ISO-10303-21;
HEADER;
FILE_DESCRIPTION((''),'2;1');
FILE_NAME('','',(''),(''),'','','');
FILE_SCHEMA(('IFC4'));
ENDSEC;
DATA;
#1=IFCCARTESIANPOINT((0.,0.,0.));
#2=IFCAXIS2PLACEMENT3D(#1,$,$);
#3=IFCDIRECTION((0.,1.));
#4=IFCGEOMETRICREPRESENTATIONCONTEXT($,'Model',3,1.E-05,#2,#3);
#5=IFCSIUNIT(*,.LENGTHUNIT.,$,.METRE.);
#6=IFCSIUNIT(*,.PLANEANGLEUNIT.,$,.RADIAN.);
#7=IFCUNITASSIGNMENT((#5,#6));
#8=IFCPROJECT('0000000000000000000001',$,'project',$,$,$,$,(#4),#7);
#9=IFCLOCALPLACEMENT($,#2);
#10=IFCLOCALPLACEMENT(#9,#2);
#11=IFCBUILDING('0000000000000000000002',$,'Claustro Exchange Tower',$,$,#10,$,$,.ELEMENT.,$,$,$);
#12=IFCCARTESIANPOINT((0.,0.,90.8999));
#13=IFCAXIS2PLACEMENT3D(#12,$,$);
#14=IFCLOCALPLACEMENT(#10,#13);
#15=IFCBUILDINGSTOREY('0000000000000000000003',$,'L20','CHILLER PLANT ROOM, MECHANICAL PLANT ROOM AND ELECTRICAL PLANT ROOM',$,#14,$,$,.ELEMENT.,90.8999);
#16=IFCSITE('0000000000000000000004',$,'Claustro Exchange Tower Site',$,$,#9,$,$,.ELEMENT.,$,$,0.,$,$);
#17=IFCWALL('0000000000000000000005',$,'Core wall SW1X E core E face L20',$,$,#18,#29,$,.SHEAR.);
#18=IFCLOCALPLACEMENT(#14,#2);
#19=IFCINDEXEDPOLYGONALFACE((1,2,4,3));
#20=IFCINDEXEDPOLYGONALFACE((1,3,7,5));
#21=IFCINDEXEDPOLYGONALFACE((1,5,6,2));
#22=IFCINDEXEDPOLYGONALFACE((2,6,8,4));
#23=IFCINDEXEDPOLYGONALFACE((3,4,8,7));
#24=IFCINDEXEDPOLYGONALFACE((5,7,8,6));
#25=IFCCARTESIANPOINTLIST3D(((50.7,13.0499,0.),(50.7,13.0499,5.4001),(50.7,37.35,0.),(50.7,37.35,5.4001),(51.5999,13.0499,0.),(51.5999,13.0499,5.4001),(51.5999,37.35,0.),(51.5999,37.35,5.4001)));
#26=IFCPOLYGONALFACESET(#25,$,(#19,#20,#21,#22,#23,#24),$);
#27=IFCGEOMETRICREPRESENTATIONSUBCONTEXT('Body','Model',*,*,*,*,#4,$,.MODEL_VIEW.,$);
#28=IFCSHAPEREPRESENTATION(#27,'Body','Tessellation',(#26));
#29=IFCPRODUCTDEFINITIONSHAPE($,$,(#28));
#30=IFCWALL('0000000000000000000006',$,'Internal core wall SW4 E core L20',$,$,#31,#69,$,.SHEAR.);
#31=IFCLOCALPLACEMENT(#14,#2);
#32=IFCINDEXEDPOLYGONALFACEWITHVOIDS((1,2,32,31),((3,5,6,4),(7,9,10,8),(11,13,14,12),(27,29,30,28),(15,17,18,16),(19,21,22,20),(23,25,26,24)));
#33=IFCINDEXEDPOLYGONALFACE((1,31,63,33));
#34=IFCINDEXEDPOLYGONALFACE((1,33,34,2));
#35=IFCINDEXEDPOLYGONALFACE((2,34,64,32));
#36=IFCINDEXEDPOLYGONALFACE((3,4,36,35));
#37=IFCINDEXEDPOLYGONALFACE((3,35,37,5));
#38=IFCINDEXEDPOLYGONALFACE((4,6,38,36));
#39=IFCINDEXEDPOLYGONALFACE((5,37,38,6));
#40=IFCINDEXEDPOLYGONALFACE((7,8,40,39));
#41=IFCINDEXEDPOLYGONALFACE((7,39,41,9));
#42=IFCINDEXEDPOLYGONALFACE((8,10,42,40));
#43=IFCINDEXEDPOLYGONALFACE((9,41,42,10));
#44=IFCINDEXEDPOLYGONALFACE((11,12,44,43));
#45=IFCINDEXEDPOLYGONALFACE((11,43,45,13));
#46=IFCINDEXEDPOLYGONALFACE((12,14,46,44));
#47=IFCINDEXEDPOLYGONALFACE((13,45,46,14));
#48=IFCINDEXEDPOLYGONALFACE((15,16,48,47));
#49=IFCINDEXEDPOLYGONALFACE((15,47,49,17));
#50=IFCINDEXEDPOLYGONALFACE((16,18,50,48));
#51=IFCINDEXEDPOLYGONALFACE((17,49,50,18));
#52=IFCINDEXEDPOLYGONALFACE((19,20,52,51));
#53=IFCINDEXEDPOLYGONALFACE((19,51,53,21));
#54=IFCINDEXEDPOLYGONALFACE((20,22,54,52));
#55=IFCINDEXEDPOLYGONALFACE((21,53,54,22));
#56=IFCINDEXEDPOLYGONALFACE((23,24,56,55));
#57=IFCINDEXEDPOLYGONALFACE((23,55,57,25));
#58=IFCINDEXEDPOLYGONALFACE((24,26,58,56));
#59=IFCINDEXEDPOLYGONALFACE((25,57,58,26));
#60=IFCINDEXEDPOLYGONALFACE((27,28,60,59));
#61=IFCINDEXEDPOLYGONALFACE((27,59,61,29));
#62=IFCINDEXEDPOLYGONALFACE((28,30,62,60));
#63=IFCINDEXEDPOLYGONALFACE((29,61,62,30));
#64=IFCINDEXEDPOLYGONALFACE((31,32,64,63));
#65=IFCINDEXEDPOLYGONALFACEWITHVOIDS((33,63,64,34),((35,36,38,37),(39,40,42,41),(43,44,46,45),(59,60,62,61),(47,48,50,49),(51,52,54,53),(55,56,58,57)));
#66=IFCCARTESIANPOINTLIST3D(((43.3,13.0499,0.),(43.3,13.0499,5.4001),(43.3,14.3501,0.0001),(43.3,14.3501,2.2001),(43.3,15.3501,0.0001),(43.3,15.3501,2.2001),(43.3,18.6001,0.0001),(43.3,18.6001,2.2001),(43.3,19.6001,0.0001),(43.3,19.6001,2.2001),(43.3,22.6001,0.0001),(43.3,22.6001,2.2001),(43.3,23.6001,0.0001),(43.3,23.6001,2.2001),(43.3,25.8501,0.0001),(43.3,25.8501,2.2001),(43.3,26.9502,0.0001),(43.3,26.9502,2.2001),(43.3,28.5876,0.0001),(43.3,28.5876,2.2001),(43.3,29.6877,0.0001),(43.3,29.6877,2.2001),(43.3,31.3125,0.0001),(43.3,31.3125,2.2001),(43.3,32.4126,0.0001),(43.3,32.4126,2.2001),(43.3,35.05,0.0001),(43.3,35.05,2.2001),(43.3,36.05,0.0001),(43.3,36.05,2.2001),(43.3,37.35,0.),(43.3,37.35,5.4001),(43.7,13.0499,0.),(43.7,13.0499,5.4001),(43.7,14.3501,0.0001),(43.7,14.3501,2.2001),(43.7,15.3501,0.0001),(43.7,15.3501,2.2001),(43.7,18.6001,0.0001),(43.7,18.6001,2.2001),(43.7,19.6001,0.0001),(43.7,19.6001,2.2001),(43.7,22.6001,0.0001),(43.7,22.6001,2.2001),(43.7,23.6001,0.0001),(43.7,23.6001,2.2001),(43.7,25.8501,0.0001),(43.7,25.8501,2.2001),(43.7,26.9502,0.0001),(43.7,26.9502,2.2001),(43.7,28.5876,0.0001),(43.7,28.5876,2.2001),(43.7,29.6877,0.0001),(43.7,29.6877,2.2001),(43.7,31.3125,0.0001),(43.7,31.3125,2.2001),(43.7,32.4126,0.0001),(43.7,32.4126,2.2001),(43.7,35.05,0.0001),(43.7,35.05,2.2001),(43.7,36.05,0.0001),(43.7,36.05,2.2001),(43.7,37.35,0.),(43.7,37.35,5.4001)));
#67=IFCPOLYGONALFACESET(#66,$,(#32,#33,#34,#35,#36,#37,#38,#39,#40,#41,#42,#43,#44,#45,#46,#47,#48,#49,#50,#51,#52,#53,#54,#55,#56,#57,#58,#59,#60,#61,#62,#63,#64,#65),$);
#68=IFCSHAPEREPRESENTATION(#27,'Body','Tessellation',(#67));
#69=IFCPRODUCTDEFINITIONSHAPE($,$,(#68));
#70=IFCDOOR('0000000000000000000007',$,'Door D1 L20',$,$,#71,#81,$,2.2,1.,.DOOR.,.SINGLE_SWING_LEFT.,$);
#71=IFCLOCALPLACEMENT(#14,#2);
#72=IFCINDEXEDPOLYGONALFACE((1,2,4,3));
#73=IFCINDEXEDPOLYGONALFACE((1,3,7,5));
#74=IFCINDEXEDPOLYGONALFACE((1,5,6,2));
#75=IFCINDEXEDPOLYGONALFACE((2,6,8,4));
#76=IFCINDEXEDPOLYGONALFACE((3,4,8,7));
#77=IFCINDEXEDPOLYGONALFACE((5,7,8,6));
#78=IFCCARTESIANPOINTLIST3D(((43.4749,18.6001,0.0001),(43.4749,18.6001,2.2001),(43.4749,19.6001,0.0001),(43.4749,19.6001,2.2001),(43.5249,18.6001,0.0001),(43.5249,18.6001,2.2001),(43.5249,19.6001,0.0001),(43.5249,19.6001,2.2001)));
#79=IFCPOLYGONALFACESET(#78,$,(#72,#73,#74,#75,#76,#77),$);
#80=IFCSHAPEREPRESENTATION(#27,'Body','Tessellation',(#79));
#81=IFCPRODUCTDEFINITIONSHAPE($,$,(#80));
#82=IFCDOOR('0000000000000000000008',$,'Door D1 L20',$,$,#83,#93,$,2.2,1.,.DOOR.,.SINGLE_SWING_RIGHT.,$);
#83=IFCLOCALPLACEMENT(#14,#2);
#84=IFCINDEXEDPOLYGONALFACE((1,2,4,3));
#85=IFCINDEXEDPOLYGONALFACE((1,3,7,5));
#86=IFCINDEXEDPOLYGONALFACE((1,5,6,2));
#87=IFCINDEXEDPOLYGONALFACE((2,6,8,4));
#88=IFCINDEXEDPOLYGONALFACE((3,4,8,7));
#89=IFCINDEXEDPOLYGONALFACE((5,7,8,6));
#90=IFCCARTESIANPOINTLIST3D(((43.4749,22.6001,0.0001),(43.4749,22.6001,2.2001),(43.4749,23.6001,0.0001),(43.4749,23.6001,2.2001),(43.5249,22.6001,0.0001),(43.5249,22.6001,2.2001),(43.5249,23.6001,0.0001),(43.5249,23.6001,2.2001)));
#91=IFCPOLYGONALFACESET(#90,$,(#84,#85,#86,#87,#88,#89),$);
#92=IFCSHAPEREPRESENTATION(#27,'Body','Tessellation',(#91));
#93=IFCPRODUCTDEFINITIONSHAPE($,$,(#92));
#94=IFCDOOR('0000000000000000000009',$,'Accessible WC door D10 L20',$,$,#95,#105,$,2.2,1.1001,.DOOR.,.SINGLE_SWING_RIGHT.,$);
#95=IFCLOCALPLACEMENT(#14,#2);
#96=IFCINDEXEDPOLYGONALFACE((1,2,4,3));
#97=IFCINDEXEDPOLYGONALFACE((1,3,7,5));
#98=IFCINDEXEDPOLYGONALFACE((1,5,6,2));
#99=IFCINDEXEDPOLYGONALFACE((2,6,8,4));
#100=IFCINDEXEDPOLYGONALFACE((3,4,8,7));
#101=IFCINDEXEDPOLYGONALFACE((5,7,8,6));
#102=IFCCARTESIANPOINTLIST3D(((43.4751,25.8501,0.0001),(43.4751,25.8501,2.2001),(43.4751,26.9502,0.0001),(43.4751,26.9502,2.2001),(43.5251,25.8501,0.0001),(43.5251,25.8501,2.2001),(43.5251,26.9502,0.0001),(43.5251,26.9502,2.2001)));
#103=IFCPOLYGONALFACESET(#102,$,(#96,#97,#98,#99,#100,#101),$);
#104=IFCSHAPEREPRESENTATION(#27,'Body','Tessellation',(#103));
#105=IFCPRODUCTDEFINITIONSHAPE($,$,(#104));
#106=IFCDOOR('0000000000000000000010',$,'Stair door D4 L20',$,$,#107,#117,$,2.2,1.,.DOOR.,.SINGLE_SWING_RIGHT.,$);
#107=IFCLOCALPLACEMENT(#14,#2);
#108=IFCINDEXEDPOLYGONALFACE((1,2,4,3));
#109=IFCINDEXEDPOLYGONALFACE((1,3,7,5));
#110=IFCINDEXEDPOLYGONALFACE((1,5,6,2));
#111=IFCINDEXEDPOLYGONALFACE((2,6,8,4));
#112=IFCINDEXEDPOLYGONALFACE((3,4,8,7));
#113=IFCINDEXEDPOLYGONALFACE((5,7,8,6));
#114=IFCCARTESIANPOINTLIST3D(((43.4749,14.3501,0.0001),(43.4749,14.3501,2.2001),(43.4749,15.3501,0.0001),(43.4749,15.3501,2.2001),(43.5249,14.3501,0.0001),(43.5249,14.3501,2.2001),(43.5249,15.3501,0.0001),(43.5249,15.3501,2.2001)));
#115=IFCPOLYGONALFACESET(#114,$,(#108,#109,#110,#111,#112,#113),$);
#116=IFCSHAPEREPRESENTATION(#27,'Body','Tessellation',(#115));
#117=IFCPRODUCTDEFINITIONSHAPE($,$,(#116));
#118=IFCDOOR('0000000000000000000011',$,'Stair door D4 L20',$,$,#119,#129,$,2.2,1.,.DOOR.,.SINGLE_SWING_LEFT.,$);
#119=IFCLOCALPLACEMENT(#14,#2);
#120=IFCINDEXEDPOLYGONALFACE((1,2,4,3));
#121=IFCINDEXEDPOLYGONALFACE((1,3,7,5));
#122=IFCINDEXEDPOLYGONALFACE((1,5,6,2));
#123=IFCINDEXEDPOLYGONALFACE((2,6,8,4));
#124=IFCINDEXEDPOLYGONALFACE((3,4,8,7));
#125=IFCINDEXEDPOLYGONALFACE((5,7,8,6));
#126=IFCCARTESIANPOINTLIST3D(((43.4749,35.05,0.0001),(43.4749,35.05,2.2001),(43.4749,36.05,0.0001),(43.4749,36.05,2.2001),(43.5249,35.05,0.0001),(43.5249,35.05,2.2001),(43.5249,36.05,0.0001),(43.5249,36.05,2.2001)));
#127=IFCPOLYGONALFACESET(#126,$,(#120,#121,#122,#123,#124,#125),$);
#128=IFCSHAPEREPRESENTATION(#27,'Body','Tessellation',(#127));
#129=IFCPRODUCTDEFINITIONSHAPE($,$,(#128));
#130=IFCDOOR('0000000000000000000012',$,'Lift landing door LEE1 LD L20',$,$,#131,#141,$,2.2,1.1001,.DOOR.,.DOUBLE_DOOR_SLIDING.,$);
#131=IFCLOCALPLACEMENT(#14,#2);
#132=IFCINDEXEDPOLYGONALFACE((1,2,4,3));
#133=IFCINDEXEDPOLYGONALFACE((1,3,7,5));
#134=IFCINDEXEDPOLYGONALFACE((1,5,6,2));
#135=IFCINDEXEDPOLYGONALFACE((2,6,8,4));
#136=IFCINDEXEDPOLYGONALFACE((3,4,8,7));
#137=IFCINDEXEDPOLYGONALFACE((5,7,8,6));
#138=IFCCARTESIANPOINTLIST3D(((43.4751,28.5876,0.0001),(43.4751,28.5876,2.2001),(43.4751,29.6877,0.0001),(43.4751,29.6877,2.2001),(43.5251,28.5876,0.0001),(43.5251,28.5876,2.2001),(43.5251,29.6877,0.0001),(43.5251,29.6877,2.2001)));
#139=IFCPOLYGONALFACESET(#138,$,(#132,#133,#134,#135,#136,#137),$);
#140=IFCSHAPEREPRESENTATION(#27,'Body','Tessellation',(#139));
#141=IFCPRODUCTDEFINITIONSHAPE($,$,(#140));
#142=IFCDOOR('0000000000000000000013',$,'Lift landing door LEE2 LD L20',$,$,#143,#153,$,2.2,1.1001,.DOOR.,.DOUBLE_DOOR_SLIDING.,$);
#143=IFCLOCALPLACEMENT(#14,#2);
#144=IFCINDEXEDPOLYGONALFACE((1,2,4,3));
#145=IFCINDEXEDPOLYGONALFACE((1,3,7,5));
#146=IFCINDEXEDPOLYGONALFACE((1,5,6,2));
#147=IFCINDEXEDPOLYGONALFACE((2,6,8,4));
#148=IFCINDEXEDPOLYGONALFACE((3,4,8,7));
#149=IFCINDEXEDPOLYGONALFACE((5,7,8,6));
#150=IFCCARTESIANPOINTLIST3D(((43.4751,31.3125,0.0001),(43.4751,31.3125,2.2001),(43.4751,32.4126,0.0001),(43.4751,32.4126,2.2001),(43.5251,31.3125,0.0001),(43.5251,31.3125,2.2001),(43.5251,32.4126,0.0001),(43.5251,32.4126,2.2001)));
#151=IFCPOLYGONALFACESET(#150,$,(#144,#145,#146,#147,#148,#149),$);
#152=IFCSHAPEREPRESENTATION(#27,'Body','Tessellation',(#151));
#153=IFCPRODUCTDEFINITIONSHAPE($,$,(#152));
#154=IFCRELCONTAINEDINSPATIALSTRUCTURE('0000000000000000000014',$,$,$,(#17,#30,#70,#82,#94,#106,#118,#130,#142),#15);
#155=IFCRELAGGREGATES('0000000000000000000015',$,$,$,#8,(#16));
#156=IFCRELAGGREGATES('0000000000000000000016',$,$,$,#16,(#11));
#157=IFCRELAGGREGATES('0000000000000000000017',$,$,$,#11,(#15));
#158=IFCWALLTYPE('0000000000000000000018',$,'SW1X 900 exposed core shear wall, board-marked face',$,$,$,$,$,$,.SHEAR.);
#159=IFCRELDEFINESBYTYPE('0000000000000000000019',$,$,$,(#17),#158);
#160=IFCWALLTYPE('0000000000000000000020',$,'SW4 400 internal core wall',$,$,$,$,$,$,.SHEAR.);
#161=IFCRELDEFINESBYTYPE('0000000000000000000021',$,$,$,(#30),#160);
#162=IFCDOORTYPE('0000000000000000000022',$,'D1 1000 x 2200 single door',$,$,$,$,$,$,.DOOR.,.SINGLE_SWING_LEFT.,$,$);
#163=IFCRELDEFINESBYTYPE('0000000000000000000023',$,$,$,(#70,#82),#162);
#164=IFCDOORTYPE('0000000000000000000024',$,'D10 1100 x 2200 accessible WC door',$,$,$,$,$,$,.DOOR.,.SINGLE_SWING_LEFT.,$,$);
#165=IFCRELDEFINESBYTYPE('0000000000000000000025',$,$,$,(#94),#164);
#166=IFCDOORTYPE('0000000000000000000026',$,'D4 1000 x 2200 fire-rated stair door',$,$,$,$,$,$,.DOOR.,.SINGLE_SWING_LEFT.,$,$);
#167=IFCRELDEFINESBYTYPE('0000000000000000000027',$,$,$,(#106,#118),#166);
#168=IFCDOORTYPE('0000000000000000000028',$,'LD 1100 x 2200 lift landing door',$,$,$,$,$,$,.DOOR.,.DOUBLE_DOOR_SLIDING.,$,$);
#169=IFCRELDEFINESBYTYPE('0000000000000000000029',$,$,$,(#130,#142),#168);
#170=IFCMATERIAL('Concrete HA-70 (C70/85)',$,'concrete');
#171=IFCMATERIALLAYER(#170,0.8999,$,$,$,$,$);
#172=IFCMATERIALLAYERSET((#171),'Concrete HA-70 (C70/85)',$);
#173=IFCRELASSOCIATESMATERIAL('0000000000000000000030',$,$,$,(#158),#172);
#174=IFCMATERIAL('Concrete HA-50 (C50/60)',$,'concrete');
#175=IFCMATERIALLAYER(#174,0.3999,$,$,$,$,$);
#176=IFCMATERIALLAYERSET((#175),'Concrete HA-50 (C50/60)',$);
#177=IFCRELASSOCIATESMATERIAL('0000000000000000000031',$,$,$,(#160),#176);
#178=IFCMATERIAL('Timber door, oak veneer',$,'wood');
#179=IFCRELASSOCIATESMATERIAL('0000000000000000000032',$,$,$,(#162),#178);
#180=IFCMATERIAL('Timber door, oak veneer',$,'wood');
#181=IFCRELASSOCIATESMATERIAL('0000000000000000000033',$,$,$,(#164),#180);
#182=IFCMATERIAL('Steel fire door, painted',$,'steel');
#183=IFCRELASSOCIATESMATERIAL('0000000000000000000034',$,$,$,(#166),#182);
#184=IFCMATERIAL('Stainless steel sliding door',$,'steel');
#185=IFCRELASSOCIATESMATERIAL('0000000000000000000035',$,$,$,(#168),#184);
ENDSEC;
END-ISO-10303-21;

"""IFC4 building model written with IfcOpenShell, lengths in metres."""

from ifc_helpers import new_model, si_unit, direction, frame, frame_2d, origin, place, context, subcontext, project, spatial, rectangle, extrude, material, layer, layer_set, type_object, element, fill, save


model = new_model("IFC4")

# Units and contexts
model_context = context("Model", 3, precision=1e-05, world=origin(), true_north=direction((0.0, 1.0)))
body_context = subcontext(model_context, "Body", "Model", "MODEL_VIEW")
ifc_project = project(units=[si_unit("LENGTHUNIT", "METRE"), si_unit("PLANEANGLEUNIT", "RADIAN")], contexts=[model_context])

# Site, building, storey
site_placement = place(None, origin())
site = spatial("IfcSite", under=ifc_project, at=site_placement, Name="Claustro Exchange Tower Site", CompositionType="ELEMENT", RefElevation=0.0)
building_placement = place(site_placement, origin())
building = spatial("IfcBuilding", under=site, at=building_placement, Name="Claustro Exchange Tower", CompositionType="ELEMENT")
storey_placement = place(building_placement, frame((0.0, 0.0, 90.8999)))
storey = spatial("IfcBuildingStorey", under=building, at=storey_placement, Name="L20", Description="CHILLER PLANT ROOM, MECHANICAL PLANT ROOM AND ELECTRICAL PLANT ROOM", CompositionType="ELEMENT", Elevation=90.8999)

# Wall
ifc_material_1 = material(Name="Concrete HA-70 (C70/85)", Category="concrete")
ifc_layer_1 = layer(ifc_material_1, 0.8999)
ifc_layer_set_1 = layer_set([ifc_layer_1], Name="Concrete HA-70 (C70/85)")
wall_type_1 = type_object("IfcWallType", Name="SW1X 900 exposed core shear wall, board-marked face", PredefinedType="SHEAR", material=ifc_layer_set_1)
wall_1_placement = place(storey_placement, frame((51.1499, 13.05, 0.0), z_axis=(0.0, 0.0, 1.0), x_axis=(0.0, 1.0, 0.0)))
element("IfcWall", 1, at=wall_1_placement, inside=storey, type_object=wall_type_1, Name="Core wall SW1X E core E face L20", PredefinedType="SHEAR", context=body_context, shape_type="SweptSolid", body=[
    extrude(rectangle(XDim=24.3, YDim=0.8999, at=frame_2d((12.1499, 0.0))), origin(), (0.0, 0.0, 1.0), 5.4001),
])

# Wall, openings, doors
ifc_material_2 = material(Name="Concrete HA-50 (C50/60)", Category="concrete")
ifc_layer_2 = layer(ifc_material_2, 0.3999)
ifc_layer_set_2 = layer_set([ifc_layer_2], Name="Concrete HA-50 (C50/60)")
wall_type_2 = type_object("IfcWallType", Name="SW4 400 internal core wall", PredefinedType="SHEAR", material=ifc_layer_set_2)
wall_2_placement = place(storey_placement, frame((43.5, 13.05, 0.0), z_axis=(0.0, 0.0, 1.0), x_axis=(0.0, 1.0, 0.0)))
wall_2 = element("IfcWall", 2, at=wall_2_placement, inside=storey, type_object=wall_type_2, Name="Internal core wall SW4 E core L20", PredefinedType="SHEAR", context=body_context, shape_type="SweptSolid", body=[
    extrude(rectangle(XDim=24.3, YDim=0.3999, at=frame_2d((12.1499, 0.0))), origin(), (0.0, 0.0, 1.0), 5.4001),
])
opening_1_placement = place(wall_2_placement, frame((1.3, 0.0, 0.0)))
opening_1 = element("IfcOpeningElement", 3, at=opening_1_placement, cuts=wall_2, PredefinedType="OPENING", context=body_context, shape_type="SweptSolid", body=[
    extrude(rectangle(XDim=1.0, YDim=2.2, at=frame_2d((0.5, 1.1001))), frame((0.0, 0.21, 0.0), z_axis=(0.0, -1.0, 0.0), x_axis=(1.0, 0.0, 0.0)), (0.0, 0.0, 1.0), 0.4199),
])
opening_2_placement = place(wall_2_placement, frame((22.0, 0.0, 0.0)))
opening_2 = element("IfcOpeningElement", 4, at=opening_2_placement, cuts=wall_2, PredefinedType="OPENING", context=body_context, shape_type="SweptSolid", body=[
    extrude(rectangle(XDim=1.0, YDim=2.2, at=frame_2d((0.5, 1.1001))), frame((0.0, 0.21, 0.0), z_axis=(0.0, -1.0, 0.0), x_axis=(1.0, 0.0, 0.0)), (0.0, 0.0, 1.0), 0.4199),
])
opening_3_placement = place(wall_2_placement, frame((5.55, 0.0, 0.0)))
opening_3 = element("IfcOpeningElement", 5, at=opening_3_placement, cuts=wall_2, PredefinedType="OPENING", context=body_context, shape_type="SweptSolid", body=[
    extrude(rectangle(XDim=1.0, YDim=2.2, at=frame_2d((0.5, 1.1001))), frame((0.0, 0.21, 0.0), z_axis=(0.0, -1.0, 0.0), x_axis=(1.0, 0.0, 0.0)), (0.0, 0.0, 1.0), 0.4199),
])
opening_4_placement = place(wall_2_placement, frame((9.55, 0.0, 0.0)))
opening_4 = element("IfcOpeningElement", 6, at=opening_4_placement, cuts=wall_2, PredefinedType="OPENING", context=body_context, shape_type="SweptSolid", body=[
    extrude(rectangle(XDim=1.0, YDim=2.2, at=frame_2d((0.5, 1.1001))), frame((0.0, 0.21, 0.0), z_axis=(0.0, -1.0, 0.0), x_axis=(1.0, 0.0, 0.0)), (0.0, 0.0, 1.0), 0.4199),
])
opening_5_placement = place(wall_2_placement, frame((12.8, 0.0, 0.0)))
opening_5 = element("IfcOpeningElement", 7, at=opening_5_placement, cuts=wall_2, PredefinedType="OPENING", context=body_context, shape_type="SweptSolid", body=[
    extrude(rectangle(XDim=1.1001, YDim=2.2, at=frame_2d((0.55, 1.1001))), frame((0.0, 0.21, 0.0), z_axis=(0.0, -1.0, 0.0), x_axis=(1.0, 0.0, 0.0)), (0.0, 0.0, 1.0), 0.4199),
])
opening_6_placement = place(wall_2_placement, frame((15.5376, 0.0, 0.0)))
opening_6 = element("IfcOpeningElement", 8, at=opening_6_placement, cuts=wall_2, PredefinedType="OPENING", context=body_context, shape_type="SweptSolid", body=[
    extrude(rectangle(XDim=1.1001, YDim=2.2, at=frame_2d((0.55, 1.1001))), frame((0.0, 0.21, 0.0), z_axis=(0.0, -1.0, 0.0), x_axis=(1.0, 0.0, 0.0)), (0.0, 0.0, 1.0), 0.4199),
])
opening_7_placement = place(wall_2_placement, frame((18.2625, 0.0, 0.0)))
opening_7 = element("IfcOpeningElement", 9, at=opening_7_placement, cuts=wall_2, PredefinedType="OPENING", context=body_context, shape_type="SweptSolid", body=[
    extrude(rectangle(XDim=1.1001, YDim=2.2, at=frame_2d((0.55, 1.1001))), frame((0.0, 0.21, 0.0), z_axis=(0.0, -1.0, 0.0), x_axis=(1.0, 0.0, 0.0)), (0.0, 0.0, 1.0), 0.4199),
])
ifc_material_3 = material(Name="Timber door, oak veneer", Category="wood")
door_type_1 = type_object("IfcDoorType", Name="D1 1000 x 2200 single door", OperationType="SINGLE_SWING_LEFT", PredefinedType="DOOR", material=ifc_material_3)
door_1_placement = place(opening_3_placement, frame((1.0, 0.0, 0.0), z_axis=(0.0, 0.0, 1.0), x_axis=(-1.0, 0.0, 0.0)))
door_1 = element("IfcDoor", 10, at=door_1_placement, inside=storey, type_object=door_type_1, Name="Door D1 L20", OperationType="SINGLE_SWING_LEFT", OverallHeight=2.2, OverallWidth=1.0, PredefinedType="DOOR", context=body_context, shape_type="SweptSolid", body=[
    extrude(rectangle(XDim=1.0, YDim=2.2, at=frame_2d((0.5, 1.1001))), frame((0.0, 0.0249, 0.0), z_axis=(0.0, -1.0, 0.0), x_axis=(1.0, 0.0, 0.0)), (0.0, 0.0, 1.0), 0.05),
])
fill(opening_3, door_1)
door_2_placement = place(opening_4_placement, frame((1.0, 0.0, 0.0), z_axis=(0.0, 0.0, 1.0), x_axis=(-1.0, 0.0, 0.0)))
door_2 = element("IfcDoor", 11, at=door_2_placement, inside=storey, type_object=door_type_1, Name="Door D1 L20", OperationType="SINGLE_SWING_RIGHT", OverallHeight=2.2, OverallWidth=1.0, PredefinedType="DOOR", context=body_context, shape_type="SweptSolid", body=[
    extrude(rectangle(XDim=1.0, YDim=2.2, at=frame_2d((0.5, 1.1001))), frame((0.0, 0.0249, 0.0), z_axis=(0.0, -1.0, 0.0), x_axis=(1.0, 0.0, 0.0)), (0.0, 0.0, 1.0), 0.05),
])
fill(opening_4, door_2)
ifc_material_4 = material(Name="Timber door, oak veneer", Category="wood")
door_type_2 = type_object("IfcDoorType", Name="D10 1100 x 2200 accessible WC door", OperationType="SINGLE_SWING_LEFT", PredefinedType="DOOR", material=ifc_material_4)
door_3_placement = place(opening_5_placement, origin())
door_3 = element("IfcDoor", 12, at=door_3_placement, inside=storey, type_object=door_type_2, Name="Accessible WC door D10 L20", OperationType="SINGLE_SWING_RIGHT", OverallHeight=2.2, OverallWidth=1.1001, PredefinedType="DOOR", context=body_context, shape_type="SweptSolid", body=[
    extrude(rectangle(XDim=1.1001, YDim=2.2, at=frame_2d((0.55, 1.1001))), frame((0.0, 0.0249, 0.0), z_axis=(0.0, -1.0, 0.0), x_axis=(1.0, 0.0, 0.0)), (0.0, 0.0, 1.0), 0.05),
])
fill(opening_5, door_3)
ifc_material_5 = material(Name="Steel fire door, painted", Category="steel")
door_type_3 = type_object("IfcDoorType", Name="D4 1000 x 2200 fire-rated stair door", OperationType="SINGLE_SWING_LEFT", PredefinedType="DOOR", material=ifc_material_5)
door_4_placement = place(opening_1_placement, frame((1.0, 0.0, 0.0), z_axis=(0.0, 0.0, 1.0), x_axis=(-1.0, 0.0, 0.0)))
door_4 = element("IfcDoor", 13, at=door_4_placement, inside=storey, type_object=door_type_3, Name="Stair door D4 L20", OperationType="SINGLE_SWING_RIGHT", OverallHeight=2.2, OverallWidth=1.0, PredefinedType="DOOR", context=body_context, shape_type="SweptSolid", body=[
    extrude(rectangle(XDim=1.0, YDim=2.2, at=frame_2d((0.5, 1.1001))), frame((0.0, 0.0249, 0.0), z_axis=(0.0, -1.0, 0.0), x_axis=(1.0, 0.0, 0.0)), (0.0, 0.0, 1.0), 0.05),
])
fill(opening_1, door_4)
door_5_placement = place(opening_2_placement, frame((1.0, 0.0, 0.0), z_axis=(0.0, 0.0, 1.0), x_axis=(-1.0, 0.0, 0.0)))
door_5 = element("IfcDoor", 14, at=door_5_placement, inside=storey, type_object=door_type_3, Name="Stair door D4 L20", OperationType="SINGLE_SWING_LEFT", OverallHeight=2.2, OverallWidth=1.0, PredefinedType="DOOR", context=body_context, shape_type="SweptSolid", body=[
    extrude(rectangle(XDim=1.0, YDim=2.2, at=frame_2d((0.5, 1.1001))), frame((0.0, 0.0249, 0.0), z_axis=(0.0, -1.0, 0.0), x_axis=(1.0, 0.0, 0.0)), (0.0, 0.0, 1.0), 0.05),
])
fill(opening_2, door_5)
ifc_material_6 = material(Name="Stainless steel sliding door", Category="steel")
door_type_4 = type_object("IfcDoorType", Name="LD 1100 x 2200 lift landing door", OperationType="DOUBLE_DOOR_SLIDING", PredefinedType="DOOR", material=ifc_material_6)
door_6_placement = place(opening_6_placement, origin())
door_6 = element("IfcDoor", 15, at=door_6_placement, inside=storey, type_object=door_type_4, Name="Lift landing door LEE1 LD L20", OperationType="DOUBLE_DOOR_SLIDING", OverallHeight=2.2, OverallWidth=1.1001, PredefinedType="DOOR", context=body_context, shape_type="SweptSolid", body=[
    extrude(rectangle(XDim=1.1001, YDim=2.2, at=frame_2d((0.55, 1.1001))), frame((0.0, 0.0249, 0.0), z_axis=(0.0, -1.0, 0.0), x_axis=(1.0, 0.0, 0.0)), (0.0, 0.0, 1.0), 0.05),
])
fill(opening_6, door_6)
door_7_placement = place(opening_7_placement, origin())
door_7 = element("IfcDoor", 16, at=door_7_placement, inside=storey, type_object=door_type_4, Name="Lift landing door LEE2 LD L20", OperationType="DOUBLE_DOOR_SLIDING", OverallHeight=2.2, OverallWidth=1.1001, PredefinedType="DOOR", context=body_context, shape_type="SweptSolid", body=[
    extrude(rectangle(XDim=1.1001, YDim=2.2, at=frame_2d((0.55, 1.1001))), frame((0.0, 0.0249, 0.0), z_axis=(0.0, -1.0, 0.0), x_axis=(1.0, 0.0, 0.0)), (0.0, 0.0, 1.0), 0.05),
])
fill(opening_7, door_7)

save(model, "model.ifc")
